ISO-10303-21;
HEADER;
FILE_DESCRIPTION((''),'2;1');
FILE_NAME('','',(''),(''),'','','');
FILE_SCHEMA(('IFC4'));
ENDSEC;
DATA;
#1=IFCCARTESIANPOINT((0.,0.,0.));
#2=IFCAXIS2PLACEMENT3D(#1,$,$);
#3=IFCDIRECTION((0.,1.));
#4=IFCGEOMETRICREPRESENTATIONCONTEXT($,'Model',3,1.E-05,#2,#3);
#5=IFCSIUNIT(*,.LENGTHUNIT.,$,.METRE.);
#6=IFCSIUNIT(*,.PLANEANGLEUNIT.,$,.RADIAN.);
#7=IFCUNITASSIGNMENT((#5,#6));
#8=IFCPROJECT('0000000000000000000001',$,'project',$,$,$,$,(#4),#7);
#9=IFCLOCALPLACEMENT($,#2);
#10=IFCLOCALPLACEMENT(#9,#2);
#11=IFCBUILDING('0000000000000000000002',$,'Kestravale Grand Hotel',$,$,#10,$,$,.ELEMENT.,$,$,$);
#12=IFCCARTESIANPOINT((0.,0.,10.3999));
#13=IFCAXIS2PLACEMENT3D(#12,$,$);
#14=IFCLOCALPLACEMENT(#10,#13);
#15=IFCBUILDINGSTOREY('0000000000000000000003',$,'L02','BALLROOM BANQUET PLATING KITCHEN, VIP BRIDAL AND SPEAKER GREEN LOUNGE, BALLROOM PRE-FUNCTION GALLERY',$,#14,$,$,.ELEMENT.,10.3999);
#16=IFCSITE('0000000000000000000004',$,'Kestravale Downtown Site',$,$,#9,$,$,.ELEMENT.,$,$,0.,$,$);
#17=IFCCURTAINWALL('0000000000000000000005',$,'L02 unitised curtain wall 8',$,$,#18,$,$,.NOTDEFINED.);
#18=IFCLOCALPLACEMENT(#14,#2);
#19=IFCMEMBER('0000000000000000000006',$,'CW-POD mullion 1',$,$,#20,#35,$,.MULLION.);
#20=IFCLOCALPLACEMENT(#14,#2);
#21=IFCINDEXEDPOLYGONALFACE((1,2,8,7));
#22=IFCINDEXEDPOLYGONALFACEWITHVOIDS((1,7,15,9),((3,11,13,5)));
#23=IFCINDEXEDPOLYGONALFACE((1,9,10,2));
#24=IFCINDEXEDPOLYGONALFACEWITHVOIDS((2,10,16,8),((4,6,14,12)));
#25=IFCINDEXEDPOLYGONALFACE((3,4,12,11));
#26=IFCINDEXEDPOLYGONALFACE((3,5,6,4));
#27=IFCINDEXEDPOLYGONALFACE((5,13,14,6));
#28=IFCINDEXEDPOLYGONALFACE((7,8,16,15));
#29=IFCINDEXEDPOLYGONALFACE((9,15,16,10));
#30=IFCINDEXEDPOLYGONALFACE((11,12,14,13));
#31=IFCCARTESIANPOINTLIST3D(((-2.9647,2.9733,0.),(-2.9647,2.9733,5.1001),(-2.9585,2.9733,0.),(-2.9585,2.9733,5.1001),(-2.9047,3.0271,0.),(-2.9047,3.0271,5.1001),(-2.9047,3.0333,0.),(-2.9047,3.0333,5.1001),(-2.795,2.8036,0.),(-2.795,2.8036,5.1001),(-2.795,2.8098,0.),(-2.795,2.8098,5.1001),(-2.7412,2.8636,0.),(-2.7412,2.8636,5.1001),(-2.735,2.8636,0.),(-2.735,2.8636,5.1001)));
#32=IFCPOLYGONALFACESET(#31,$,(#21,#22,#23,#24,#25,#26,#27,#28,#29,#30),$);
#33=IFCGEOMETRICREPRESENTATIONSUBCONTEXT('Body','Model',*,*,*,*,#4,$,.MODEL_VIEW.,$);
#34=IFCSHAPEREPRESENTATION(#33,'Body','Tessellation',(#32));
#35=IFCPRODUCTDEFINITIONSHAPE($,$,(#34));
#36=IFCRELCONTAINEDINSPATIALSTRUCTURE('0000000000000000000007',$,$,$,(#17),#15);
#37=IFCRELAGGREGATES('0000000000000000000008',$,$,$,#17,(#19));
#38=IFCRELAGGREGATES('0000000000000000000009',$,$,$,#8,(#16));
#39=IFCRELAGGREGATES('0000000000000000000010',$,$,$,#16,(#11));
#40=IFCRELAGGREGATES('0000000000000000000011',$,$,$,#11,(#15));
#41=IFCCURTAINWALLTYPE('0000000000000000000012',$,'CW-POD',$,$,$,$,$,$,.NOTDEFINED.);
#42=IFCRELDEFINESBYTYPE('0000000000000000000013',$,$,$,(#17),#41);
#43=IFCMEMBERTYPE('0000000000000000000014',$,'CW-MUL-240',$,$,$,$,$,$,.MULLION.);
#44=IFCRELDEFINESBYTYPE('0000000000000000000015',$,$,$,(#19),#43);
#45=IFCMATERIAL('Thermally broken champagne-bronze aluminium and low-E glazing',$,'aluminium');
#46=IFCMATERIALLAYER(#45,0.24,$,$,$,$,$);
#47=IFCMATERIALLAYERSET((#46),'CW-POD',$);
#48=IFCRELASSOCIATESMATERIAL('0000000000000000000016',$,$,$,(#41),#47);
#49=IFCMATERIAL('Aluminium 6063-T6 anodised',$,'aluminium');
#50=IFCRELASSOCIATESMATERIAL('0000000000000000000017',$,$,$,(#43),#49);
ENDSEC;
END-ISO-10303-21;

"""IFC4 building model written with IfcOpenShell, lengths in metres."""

from ifc_helpers import new_model, si_unit, direction, frame, origin, origin_2d, place, context, subcontext, project, spatial, hollow_rectangle, extrude, material, layer, layer_set, material_profile, profile_set, type_object, element, aggregate, save


model = new_model("IFC4")

# Units and contexts
model_context = context("Model", 3, precision=1e-05, world=origin(), true_north=direction((0.0, 1.0)))
body_context = subcontext(model_context, "Body", "Model", "MODEL_VIEW")
ifc_project = project(units=[si_unit("LENGTHUNIT", "METRE"), si_unit("PLANEANGLEUNIT", "RADIAN")], contexts=[model_context])

# Site, building, storey
site_placement = place(None, origin())
site = spatial("IfcSite", under=ifc_project, at=site_placement, Name="Kestravale Downtown Site", CompositionType="ELEMENT", RefElevation=0.0)
building_placement = place(site_placement, origin())
building = spatial("IfcBuilding", under=site, at=building_placement, Name="Kestravale Grand Hotel", CompositionType="ELEMENT")
storey_placement = place(building_placement, frame((0.0, 0.0, 10.3999)))
storey = spatial("IfcBuildingStorey", under=building, at=storey_placement, Name="L02", Description="BALLROOM BANQUET PLATING KITCHEN, VIP BRIDAL AND SPEAKER GREEN LOUNGE, BALLROOM PRE-FUNCTION GALLERY", CompositionType="ELEMENT", Elevation=10.3999)

# Curtain wall, member
ifc_material_1 = material(Name="Thermally broken champagne-bronze aluminium and low-E glazing", Category="aluminium")
ifc_layer = layer(ifc_material_1, 0.24)
ifc_layer_set = layer_set([ifc_layer], Name="CW-POD")
curtain_wall_type = type_object("IfcCurtainWallType", Name="CW-POD", PredefinedType="NOTDEFINED", material=ifc_layer_set)
curtain_wall_placement = place(storey_placement, origin())
curtain_wall = element("IfcCurtainWall", 1, at=curtain_wall_placement, inside=storey, type_object=curtain_wall_type, Name="L02 unitised curtain wall 8", PredefinedType="NOTDEFINED")
ifc_material_2 = material(Name="Aluminium 6063-T6 anodised", Category="aluminium")
ifc_material_profile_1 = material_profile(ifc_material_2, hollow_rectangle(XDim=0.085, YDim=0.24, WallThickness=0.0044, at=origin_2d()))
ifc_profile_set_1 = profile_set([ifc_material_profile_1], Name="Aluminium 6063-T6 anodised")
member_type = type_object("IfcMemberType", Name="CW-MUL-240", PredefinedType="MULLION", material=ifc_profile_set_1)
member_placement = place(storey_placement, frame((-2.8499, 2.9185, 0.0), z_axis=(0.0, 0.0, 1.0), x_axis=(0.707107, 0.707107, 0.0)))
member = element("IfcMember", 2, at=member_placement, type_object=member_type, Name="CW-POD mullion 1", PredefinedType="MULLION", context=body_context, shape_type="SweptSolid", body=[
    extrude(hollow_rectangle(XDim=0.085, YDim=0.24, WallThickness=0.0044, at=origin_2d()), origin(), (0.0, 0.0, 1.0), 5.1001),
])
aggregate(curtain_wall, [member])

save(model, "model.ifc")
